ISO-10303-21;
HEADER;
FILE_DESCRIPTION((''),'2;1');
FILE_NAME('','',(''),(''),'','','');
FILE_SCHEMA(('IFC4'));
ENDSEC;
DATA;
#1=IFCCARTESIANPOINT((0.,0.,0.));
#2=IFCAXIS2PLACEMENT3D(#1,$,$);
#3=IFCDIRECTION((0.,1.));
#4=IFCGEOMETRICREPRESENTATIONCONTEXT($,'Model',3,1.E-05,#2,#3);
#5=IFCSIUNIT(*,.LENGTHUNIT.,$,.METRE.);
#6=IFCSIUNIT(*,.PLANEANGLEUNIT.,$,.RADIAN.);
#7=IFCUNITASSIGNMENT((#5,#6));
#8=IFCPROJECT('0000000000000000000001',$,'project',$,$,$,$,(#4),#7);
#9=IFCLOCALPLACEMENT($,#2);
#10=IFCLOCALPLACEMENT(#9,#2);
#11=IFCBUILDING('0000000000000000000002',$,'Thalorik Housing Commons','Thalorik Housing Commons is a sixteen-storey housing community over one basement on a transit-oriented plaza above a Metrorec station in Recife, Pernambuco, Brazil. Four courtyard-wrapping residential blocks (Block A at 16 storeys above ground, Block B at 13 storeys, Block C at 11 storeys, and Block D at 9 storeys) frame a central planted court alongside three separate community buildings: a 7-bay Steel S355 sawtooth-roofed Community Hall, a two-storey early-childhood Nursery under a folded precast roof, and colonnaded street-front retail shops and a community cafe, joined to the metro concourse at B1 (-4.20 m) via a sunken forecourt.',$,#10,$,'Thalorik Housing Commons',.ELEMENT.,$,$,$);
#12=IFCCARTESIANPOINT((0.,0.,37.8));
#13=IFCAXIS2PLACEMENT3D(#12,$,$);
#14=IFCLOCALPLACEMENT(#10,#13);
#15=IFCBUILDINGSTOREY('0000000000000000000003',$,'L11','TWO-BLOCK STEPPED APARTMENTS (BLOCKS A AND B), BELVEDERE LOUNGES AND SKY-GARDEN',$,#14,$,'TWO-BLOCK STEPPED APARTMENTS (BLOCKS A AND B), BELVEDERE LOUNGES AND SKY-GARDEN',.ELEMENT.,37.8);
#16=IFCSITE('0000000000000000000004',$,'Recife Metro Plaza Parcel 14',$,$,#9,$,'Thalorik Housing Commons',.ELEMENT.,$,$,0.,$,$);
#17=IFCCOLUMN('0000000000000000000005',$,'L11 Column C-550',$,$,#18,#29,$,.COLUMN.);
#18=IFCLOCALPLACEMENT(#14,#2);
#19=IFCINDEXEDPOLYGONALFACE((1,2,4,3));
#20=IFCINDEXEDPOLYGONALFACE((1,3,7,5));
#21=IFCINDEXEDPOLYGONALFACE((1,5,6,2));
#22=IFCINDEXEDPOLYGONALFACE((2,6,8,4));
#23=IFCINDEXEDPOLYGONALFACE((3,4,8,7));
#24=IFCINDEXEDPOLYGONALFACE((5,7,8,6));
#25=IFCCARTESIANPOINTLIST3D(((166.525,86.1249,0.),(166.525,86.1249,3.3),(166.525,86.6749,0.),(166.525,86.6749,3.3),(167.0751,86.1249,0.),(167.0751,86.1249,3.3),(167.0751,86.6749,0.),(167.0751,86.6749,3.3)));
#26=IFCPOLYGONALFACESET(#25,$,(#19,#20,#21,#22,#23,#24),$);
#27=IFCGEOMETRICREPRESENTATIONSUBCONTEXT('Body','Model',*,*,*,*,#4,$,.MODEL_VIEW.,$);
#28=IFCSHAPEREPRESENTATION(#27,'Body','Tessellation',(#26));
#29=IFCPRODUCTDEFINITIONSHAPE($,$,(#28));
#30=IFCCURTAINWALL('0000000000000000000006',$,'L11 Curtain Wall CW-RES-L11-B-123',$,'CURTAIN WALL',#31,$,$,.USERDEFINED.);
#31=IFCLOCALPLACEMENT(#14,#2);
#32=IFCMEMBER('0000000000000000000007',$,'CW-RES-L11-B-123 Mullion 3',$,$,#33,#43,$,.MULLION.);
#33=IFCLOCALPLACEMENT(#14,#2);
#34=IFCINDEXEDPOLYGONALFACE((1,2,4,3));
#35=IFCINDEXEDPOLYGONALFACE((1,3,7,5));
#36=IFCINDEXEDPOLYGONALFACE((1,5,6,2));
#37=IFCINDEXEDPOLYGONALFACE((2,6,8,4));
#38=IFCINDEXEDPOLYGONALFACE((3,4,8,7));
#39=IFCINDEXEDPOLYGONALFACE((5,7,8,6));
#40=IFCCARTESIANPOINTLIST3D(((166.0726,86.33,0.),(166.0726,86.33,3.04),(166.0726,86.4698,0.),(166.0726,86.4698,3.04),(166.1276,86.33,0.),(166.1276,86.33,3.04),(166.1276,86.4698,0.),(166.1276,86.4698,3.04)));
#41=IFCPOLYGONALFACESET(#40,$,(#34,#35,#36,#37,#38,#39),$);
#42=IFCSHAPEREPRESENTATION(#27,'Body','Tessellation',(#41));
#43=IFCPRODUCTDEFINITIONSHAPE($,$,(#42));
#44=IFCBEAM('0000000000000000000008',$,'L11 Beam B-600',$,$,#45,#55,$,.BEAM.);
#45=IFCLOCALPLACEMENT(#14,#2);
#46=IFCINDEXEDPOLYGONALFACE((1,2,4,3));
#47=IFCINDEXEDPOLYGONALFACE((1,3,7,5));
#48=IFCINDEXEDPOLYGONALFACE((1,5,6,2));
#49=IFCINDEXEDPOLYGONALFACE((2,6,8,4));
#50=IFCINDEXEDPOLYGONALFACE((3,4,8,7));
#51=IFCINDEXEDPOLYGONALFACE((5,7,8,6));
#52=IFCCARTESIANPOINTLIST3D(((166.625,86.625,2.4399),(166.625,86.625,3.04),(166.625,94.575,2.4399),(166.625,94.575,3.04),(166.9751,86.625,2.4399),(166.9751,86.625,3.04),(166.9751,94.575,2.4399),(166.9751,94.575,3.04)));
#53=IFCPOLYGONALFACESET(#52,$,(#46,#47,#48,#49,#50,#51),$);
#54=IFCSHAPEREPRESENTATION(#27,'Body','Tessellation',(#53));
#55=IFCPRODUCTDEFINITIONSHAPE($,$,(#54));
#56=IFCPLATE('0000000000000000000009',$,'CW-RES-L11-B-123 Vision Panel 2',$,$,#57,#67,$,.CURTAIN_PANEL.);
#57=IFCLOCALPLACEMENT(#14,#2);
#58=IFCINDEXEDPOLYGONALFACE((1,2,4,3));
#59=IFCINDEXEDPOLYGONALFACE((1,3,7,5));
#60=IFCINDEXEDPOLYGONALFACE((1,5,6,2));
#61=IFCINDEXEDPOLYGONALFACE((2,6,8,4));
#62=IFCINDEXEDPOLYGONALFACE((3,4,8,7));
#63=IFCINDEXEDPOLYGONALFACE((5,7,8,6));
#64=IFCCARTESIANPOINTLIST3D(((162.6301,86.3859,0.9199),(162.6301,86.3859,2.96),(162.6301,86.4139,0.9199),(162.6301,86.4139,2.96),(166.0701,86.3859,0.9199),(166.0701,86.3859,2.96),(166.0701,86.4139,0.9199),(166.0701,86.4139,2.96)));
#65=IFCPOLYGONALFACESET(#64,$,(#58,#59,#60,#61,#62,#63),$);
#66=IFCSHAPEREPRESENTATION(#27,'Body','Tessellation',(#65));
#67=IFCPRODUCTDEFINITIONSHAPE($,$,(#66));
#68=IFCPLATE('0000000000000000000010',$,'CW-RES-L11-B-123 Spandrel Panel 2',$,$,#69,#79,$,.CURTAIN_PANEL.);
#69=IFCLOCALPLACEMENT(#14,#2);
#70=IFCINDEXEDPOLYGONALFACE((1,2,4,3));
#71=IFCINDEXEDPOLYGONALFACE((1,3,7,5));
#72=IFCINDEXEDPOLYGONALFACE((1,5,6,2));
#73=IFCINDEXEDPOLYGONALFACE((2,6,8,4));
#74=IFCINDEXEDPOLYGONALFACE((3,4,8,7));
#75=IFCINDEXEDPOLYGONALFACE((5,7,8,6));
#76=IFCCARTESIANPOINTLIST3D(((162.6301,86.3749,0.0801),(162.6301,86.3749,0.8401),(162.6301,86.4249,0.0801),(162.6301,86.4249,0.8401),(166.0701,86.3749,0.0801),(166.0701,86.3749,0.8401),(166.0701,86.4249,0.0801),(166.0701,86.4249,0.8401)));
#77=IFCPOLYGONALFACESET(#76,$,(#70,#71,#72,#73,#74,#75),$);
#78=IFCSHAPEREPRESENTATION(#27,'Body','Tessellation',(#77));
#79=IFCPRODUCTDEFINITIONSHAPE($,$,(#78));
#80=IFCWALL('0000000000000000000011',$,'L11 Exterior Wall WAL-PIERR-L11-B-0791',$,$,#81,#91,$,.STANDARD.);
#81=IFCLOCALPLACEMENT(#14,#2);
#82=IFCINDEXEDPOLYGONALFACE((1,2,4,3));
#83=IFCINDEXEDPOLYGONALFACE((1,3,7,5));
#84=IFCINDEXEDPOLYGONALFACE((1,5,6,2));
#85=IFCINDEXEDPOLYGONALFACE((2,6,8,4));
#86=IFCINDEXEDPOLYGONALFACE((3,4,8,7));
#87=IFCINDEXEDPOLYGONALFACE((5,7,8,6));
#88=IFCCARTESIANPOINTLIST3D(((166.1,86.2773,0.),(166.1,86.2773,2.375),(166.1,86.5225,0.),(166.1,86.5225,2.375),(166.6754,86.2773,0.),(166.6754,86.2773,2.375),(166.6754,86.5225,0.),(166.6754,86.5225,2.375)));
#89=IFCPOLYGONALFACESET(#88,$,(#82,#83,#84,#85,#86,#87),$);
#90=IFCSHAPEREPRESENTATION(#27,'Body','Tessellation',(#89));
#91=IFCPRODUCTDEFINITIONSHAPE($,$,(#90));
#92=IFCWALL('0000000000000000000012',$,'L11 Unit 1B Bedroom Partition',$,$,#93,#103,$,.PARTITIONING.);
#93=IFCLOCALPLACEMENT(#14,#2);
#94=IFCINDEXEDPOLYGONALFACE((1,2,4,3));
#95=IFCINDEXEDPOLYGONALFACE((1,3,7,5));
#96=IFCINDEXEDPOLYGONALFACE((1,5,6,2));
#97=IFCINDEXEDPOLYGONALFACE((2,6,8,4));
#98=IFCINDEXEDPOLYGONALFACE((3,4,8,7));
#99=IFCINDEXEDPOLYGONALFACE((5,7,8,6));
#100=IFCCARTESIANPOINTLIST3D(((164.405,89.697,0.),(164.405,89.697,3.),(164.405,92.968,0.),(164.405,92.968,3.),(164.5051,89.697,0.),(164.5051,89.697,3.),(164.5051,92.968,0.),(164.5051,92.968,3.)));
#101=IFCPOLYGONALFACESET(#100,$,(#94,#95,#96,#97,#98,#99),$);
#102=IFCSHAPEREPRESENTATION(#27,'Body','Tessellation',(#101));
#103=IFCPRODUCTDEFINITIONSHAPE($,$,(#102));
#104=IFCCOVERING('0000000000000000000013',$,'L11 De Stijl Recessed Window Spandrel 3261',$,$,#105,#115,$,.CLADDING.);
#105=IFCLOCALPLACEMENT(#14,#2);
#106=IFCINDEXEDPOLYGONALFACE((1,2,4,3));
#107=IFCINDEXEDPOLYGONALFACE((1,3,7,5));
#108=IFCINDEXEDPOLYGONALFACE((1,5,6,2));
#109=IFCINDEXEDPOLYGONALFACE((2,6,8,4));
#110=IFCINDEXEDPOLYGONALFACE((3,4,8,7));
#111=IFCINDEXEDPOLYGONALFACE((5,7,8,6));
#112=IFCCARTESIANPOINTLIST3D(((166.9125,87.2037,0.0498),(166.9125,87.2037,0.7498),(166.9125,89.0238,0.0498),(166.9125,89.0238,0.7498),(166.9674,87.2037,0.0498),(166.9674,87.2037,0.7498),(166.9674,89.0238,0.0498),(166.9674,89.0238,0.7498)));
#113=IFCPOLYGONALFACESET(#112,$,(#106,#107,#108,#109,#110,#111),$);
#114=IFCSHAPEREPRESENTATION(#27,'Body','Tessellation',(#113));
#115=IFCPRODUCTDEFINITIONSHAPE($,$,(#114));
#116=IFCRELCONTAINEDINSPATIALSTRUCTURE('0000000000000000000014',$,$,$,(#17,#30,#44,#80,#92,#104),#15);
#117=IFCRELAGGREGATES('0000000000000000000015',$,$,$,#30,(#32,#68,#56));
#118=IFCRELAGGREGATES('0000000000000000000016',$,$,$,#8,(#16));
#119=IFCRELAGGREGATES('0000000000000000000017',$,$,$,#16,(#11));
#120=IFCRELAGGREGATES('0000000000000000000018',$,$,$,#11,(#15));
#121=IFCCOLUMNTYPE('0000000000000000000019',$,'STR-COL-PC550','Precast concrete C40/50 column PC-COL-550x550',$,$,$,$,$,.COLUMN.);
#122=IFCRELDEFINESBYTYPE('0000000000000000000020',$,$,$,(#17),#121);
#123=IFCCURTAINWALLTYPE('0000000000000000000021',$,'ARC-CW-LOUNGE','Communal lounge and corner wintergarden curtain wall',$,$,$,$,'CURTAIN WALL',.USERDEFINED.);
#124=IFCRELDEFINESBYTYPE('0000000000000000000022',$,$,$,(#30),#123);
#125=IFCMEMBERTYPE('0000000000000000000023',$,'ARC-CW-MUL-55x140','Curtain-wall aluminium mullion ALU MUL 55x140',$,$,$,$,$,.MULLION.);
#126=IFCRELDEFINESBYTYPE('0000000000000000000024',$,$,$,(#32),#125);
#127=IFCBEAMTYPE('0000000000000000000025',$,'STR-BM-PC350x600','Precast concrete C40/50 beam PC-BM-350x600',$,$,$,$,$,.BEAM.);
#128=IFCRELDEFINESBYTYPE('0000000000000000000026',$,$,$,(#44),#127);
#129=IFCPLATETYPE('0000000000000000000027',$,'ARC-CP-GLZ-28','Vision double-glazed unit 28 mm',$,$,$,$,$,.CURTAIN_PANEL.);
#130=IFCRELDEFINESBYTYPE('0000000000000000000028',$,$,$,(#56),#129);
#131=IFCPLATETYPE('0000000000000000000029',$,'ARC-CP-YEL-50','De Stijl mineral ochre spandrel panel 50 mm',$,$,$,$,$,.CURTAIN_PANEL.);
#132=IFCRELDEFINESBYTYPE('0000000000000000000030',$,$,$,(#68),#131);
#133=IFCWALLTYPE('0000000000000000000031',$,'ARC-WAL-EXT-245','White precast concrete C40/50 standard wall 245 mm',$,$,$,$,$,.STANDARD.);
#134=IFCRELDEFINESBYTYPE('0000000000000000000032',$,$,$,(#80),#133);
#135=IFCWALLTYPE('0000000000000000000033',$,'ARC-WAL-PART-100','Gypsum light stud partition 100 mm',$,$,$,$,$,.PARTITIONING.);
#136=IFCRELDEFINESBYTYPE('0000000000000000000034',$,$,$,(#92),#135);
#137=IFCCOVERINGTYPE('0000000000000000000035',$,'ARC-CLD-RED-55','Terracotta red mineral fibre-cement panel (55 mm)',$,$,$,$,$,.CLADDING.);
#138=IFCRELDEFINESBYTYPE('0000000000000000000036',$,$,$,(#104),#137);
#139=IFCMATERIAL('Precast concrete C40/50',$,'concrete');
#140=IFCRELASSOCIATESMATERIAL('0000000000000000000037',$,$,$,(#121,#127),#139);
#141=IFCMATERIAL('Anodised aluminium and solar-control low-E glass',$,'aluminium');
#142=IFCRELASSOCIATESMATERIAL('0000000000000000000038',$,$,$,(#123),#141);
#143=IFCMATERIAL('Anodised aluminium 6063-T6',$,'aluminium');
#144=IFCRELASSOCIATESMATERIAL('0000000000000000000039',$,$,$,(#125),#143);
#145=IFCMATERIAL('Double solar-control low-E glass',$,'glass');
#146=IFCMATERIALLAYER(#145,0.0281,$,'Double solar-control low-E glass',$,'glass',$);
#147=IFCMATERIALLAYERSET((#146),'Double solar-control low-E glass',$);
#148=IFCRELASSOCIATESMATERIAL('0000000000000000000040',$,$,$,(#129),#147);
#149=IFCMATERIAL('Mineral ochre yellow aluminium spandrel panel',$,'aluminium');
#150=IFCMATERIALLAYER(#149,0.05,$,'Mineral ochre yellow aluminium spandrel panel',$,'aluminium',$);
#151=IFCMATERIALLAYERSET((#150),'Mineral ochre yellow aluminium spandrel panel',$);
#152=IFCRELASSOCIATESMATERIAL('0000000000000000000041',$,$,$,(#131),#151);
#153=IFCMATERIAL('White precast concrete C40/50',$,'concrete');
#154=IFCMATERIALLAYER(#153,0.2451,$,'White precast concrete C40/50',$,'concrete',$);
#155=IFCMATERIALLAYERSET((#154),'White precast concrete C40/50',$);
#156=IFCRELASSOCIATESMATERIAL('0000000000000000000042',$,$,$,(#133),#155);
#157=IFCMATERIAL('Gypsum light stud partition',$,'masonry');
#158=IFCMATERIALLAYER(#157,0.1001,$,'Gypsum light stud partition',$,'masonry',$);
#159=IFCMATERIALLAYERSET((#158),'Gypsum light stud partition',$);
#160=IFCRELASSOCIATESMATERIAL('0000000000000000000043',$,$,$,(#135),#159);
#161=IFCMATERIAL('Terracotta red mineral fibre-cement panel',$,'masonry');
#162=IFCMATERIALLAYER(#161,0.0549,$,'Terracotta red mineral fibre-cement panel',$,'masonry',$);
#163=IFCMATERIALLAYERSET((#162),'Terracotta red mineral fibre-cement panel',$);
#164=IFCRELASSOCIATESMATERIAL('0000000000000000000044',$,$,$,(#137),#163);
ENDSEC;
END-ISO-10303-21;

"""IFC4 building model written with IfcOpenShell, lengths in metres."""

from ifc_helpers import new_model, si_unit, direction, frame, frame_2d, origin, origin_2d, place, context, subcontext, project, spatial, rectangle, extrude, material, layer, layer_set, material_profile, profile_set, type_object, element, aggregate, save


model = new_model("IFC4")

# Units and contexts
model_context = context("Model", 3, precision=1e-05, world=origin(), true_north=direction((0.0, 1.0)))
body_context = subcontext(model_context, "Body", "Model", "MODEL_VIEW")
ifc_project = project(units=[si_unit("LENGTHUNIT", "METRE"), si_unit("PLANEANGLEUNIT", "RADIAN")], contexts=[model_context])

# Site, building, storey
site_placement = place(None, origin())
site = spatial("IfcSite", under=ifc_project, at=site_placement, Name="Recife Metro Plaza Parcel 14", LongName="Thalorik Housing Commons", CompositionType="ELEMENT", RefElevation=0.0)
building_placement = place(site_placement, origin())
building = spatial("IfcBuilding", under=site, at=building_placement, Name="Thalorik Housing Commons", Description="Thalorik Housing Commons is a sixteen-storey housing community over one basement on a transit-oriented plaza above a Metrorec station in Recife, Pernambuco, Brazil. Four courtyard-wrapping residential blocks (Block A at 16 storeys above ground, Block B at 13 storeys, Block C at 11 storeys, and Block D at 9 storeys) frame a central planted court alongside three separate community buildings: a 7-bay Steel S355 sawtooth-roofed Community Hall, a two-storey early-childhood Nursery under a folded precast roof, and colonnaded street-front retail shops and a community cafe, joined to the metro concourse at B1 (-4.20 m) via a sunken forecourt.", LongName="Thalorik Housing Commons", CompositionType="ELEMENT")
storey_placement = place(building_placement, frame((0.0, 0.0, 37.8)))
storey = spatial("IfcBuildingStorey", under=building, at=storey_placement, Name="L11", Description="TWO-BLOCK STEPPED APARTMENTS (BLOCKS A AND B), BELVEDERE LOUNGES AND SKY-GARDEN", LongName="TWO-BLOCK STEPPED APARTMENTS (BLOCKS A AND B), BELVEDERE LOUNGES AND SKY-GARDEN", CompositionType="ELEMENT", Elevation=37.8)

# Column
ifc_material_1 = material(Name="Precast concrete C40/50", Category="concrete")
ifc_material_profile_1 = material_profile(ifc_material_1, rectangle(XDim=0.55, YDim=0.55, at=origin_2d()), Name="PC 550x550", Category="concrete")
ifc_profile_set_1 = profile_set([ifc_material_profile_1], Name="Precast concrete C40/50")
column_type = type_object("IfcColumnType", Name="STR-COL-PC550", Description="Precast concrete C40/50 column PC-COL-550x550", PredefinedType="COLUMN", material=ifc_profile_set_1)
column_placement = place(storey_placement, frame((166.8, 86.3999, 0.0), z_axis=(0.0, 0.0, 1.0), x_axis=(1.0, 0.0, 0.0)))
element("IfcColumn", 1, at=column_placement, inside=storey, type_object=column_type, Name="L11 Column C-550", PredefinedType="COLUMN", context=body_context, shape_type="SweptSolid", body=[
    extrude(rectangle(XDim=0.55, YDim=0.55, at=origin_2d()), origin(), (0.0, 0.0, 1.0), 3.3),
])

# Curtain wall, member
ifc_material_2 = material(Name="Anodised aluminium and solar-control low-E glass", Category="aluminium")
curtain_wall_type = type_object("IfcCurtainWallType", Name="ARC-CW-LOUNGE", Description="Communal lounge and corner wintergarden curtain wall", ElementType="CURTAIN WALL", PredefinedType="USERDEFINED", material=ifc_material_2)
curtain_wall_placement = place(storey_placement, origin())
curtain_wall = element("IfcCurtainWall", 2, at=curtain_wall_placement, inside=storey, type_object=curtain_wall_type, Name="L11 Curtain Wall CW-RES-L11-B-123", ObjectType="CURTAIN WALL", PredefinedType="USERDEFINED")
ifc_material_3 = material(Name="Anodised aluminium 6063-T6", Category="aluminium")
ifc_material_profile_2 = material_profile(ifc_material_3, rectangle(XDim=0.0549, YDim=0.1399, at=origin_2d()), Name="ALU MUL 55x140", Category="aluminium")
ifc_profile_set_2 = profile_set([ifc_material_profile_2], Name="Anodised aluminium 6063-T6")
member_type = type_object("IfcMemberType", Name="ARC-CW-MUL-55x140", Description="Curtain-wall aluminium mullion ALU MUL 55x140", PredefinedType="MULLION", material=ifc_profile_set_2)
member_placement = place(storey_placement, frame((166.1001, 86.3999, 0.0), z_axis=(0.0, 0.0, 1.0), x_axis=(1.0, 0.0, 0.0)))
member = element("IfcMember", 3, at=member_placement, type_object=member_type, Name="CW-RES-L11-B-123 Mullion 3", PredefinedType="MULLION", context=body_context, shape_type="SweptSolid", body=[
    extrude(rectangle(XDim=0.0549, YDim=0.1399, at=origin_2d()), origin(), (0.0, 0.0, 1.0), 3.04),
])

# Beam
ifc_material_profile_3 = material_profile(ifc_material_1, rectangle(XDim=0.3501, YDim=0.6001, at=origin_2d()), Name="PC 350x600", Category="concrete")
ifc_profile_set_3 = profile_set([ifc_material_profile_3], Name="Precast concrete C40/50")
beam_type = type_object("IfcBeamType", Name="STR-BM-PC350x600", Description="Precast concrete C40/50 beam PC-BM-350x600", PredefinedType="BEAM", material=ifc_profile_set_3)
beam_placement = place(storey_placement, frame((166.8, 86.625, 2.74), z_axis=(0.0, 1.0, 0.0), x_axis=(-1.0, 0.0, 0.0)))
element("IfcBeam", 4, at=beam_placement, inside=storey, type_object=beam_type, Name="L11 Beam B-600", PredefinedType="BEAM", context=body_context, shape_type="SweptSolid", body=[
    extrude(rectangle(XDim=0.3501, YDim=0.6001, at=origin_2d()), origin(), (0.0, 0.0, 1.0), 7.95),
])

# Plates
ifc_material_4 = material(Name="Double solar-control low-E glass", Category="glass")
ifc_layer_1 = layer(ifc_material_4, 0.0281, Name="Double solar-control low-E glass", Category="glass")
ifc_layer_set_1 = layer_set([ifc_layer_1], Name="Double solar-control low-E glass")
plate_type_1 = type_object("IfcPlateType", Name="ARC-CP-GLZ-28", Description="Vision double-glazed unit 28 mm", PredefinedType="CURTAIN_PANEL", material=ifc_layer_set_1)
plate_1_placement = place(storey_placement, frame((164.3501, 86.3999, 0.9199), z_axis=(0.0, 0.0, 1.0), x_axis=(1.0, 0.0, 0.0)))
plate_1 = element("IfcPlate", 5, at=plate_1_placement, type_object=plate_type_1, Name="CW-RES-L11-B-123 Vision Panel 2", PredefinedType="CURTAIN_PANEL", context=body_context, shape_type="SweptSolid", body=[
    extrude(rectangle(XDim=3.4399, YDim=0.0281, at=origin_2d()), origin(), (0.0, 0.0, 1.0), 2.04),
])
ifc_material_5 = material(Name="Mineral ochre yellow aluminium spandrel panel", Category="aluminium")
ifc_layer_2 = layer(ifc_material_5, 0.05, Name="Mineral ochre yellow aluminium spandrel panel", Category="aluminium")
ifc_layer_set_2 = layer_set([ifc_layer_2], Name="Mineral ochre yellow aluminium spandrel panel")
plate_type_2 = type_object("IfcPlateType", Name="ARC-CP-YEL-50", Description="De Stijl mineral ochre spandrel panel 50 mm", PredefinedType="CURTAIN_PANEL", material=ifc_layer_set_2)
plate_2_placement = place(storey_placement, frame((164.3501, 86.3999, 0.0801), z_axis=(0.0, 0.0, 1.0), x_axis=(1.0, 0.0, 0.0)))
plate_2 = element("IfcPlate", 6, at=plate_2_placement, type_object=plate_type_2, Name="CW-RES-L11-B-123 Spandrel Panel 2", PredefinedType="CURTAIN_PANEL", context=body_context, shape_type="SweptSolid", body=[
    extrude(rectangle(XDim=3.4399, YDim=0.05, at=origin_2d()), origin(), (0.0, 0.0, 1.0), 0.76),
])
aggregate(curtain_wall, [member, plate_2, plate_1])

# Wall
ifc_material_6 = material(Name="White precast concrete C40/50", Category="concrete")
ifc_layer_3 = layer(ifc_material_6, 0.2451, Name="White precast concrete C40/50", Category="concrete")
ifc_layer_set_3 = layer_set([ifc_layer_3], Name="White precast concrete C40/50")
wall_type_1 = type_object("IfcWallType", Name="ARC-WAL-EXT-245", Description="White precast concrete C40/50 standard wall 245 mm", PredefinedType="STANDARD", material=ifc_layer_set_3)
wall_1_placement = place(storey_placement, frame((166.1001, 86.3999, 0.0), z_axis=(0.0, 0.0, 1.0), x_axis=(1.0, 0.0, 0.0)))
element("IfcWall", 7, at=wall_1_placement, inside=storey, type_object=wall_type_1, Name="L11 Exterior Wall WAL-PIERR-L11-B-0791", PredefinedType="STANDARD", context=body_context, shape_type="SweptSolid", body=[
    extrude(rectangle(XDim=0.5754, YDim=0.2451, at=frame_2d((0.2876, 0.0))), origin(), (0.0, 0.0, 1.0), 2.375),
])

# Wall
ifc_material_7 = material(Name="Gypsum light stud partition", Category="masonry")
ifc_layer_4 = layer(ifc_material_7, 0.1001, Name="Gypsum light stud partition", Category="masonry")
ifc_layer_set_4 = layer_set([ifc_layer_4], Name="Gypsum light stud partition")
wall_type_2 = type_object("IfcWallType", Name="ARC-WAL-PART-100", Description="Gypsum light stud partition 100 mm", PredefinedType="PARTITIONING", material=ifc_layer_set_4)
wall_2_placement = place(storey_placement, frame((164.4551, 89.697, 0.0), z_axis=(0.0, 0.0, 1.0), x_axis=(0.0, 1.0, 0.0)))
element("IfcWall", 8, at=wall_2_placement, inside=storey, type_object=wall_type_2, Name="L11 Unit 1B Bedroom Partition", PredefinedType="PARTITIONING", context=body_context, shape_type="SweptSolid", body=[
    extrude(rectangle(XDim=3.271, YDim=0.1001, at=frame_2d((1.6355, 0.0))), origin(), (0.0, 0.0, 1.0), 3.0),
])

# Covering
ifc_material_8 = material(Name="Terracotta red mineral fibre-cement panel", Category="masonry")
ifc_layer_5 = layer(ifc_material_8, 0.0549, Name="Terracotta red mineral fibre-cement panel", Category="masonry")
ifc_layer_set_5 = layer_set([ifc_layer_5], Name="Terracotta red mineral fibre-cement panel")
covering_type_1 = type_object("IfcCoveringType", Name="ARC-CLD-RED-55", Description="Terracotta red mineral fibre-cement panel (55 mm)", PredefinedType="CLADDING", material=ifc_layer_set_5)
covering_1_placement = place(storey_placement, frame((166.9399, 88.1138, 0.0498), z_axis=(0.0, 0.0, 1.0), x_axis=(0.0, 1.0, 0.0)))
element("IfcCovering", 9, at=covering_1_placement, inside=storey, type_object=covering_type_1, Name="L11 De Stijl Recessed Window Spandrel 3261", PredefinedType="CLADDING", context=body_context, shape_type="SweptSolid", body=[
    extrude(rectangle(XDim=1.8201, YDim=0.0549, at=origin_2d()), origin(), (0.0, 0.0, 1.0), 0.7),
])

save(model, "model.ifc")
